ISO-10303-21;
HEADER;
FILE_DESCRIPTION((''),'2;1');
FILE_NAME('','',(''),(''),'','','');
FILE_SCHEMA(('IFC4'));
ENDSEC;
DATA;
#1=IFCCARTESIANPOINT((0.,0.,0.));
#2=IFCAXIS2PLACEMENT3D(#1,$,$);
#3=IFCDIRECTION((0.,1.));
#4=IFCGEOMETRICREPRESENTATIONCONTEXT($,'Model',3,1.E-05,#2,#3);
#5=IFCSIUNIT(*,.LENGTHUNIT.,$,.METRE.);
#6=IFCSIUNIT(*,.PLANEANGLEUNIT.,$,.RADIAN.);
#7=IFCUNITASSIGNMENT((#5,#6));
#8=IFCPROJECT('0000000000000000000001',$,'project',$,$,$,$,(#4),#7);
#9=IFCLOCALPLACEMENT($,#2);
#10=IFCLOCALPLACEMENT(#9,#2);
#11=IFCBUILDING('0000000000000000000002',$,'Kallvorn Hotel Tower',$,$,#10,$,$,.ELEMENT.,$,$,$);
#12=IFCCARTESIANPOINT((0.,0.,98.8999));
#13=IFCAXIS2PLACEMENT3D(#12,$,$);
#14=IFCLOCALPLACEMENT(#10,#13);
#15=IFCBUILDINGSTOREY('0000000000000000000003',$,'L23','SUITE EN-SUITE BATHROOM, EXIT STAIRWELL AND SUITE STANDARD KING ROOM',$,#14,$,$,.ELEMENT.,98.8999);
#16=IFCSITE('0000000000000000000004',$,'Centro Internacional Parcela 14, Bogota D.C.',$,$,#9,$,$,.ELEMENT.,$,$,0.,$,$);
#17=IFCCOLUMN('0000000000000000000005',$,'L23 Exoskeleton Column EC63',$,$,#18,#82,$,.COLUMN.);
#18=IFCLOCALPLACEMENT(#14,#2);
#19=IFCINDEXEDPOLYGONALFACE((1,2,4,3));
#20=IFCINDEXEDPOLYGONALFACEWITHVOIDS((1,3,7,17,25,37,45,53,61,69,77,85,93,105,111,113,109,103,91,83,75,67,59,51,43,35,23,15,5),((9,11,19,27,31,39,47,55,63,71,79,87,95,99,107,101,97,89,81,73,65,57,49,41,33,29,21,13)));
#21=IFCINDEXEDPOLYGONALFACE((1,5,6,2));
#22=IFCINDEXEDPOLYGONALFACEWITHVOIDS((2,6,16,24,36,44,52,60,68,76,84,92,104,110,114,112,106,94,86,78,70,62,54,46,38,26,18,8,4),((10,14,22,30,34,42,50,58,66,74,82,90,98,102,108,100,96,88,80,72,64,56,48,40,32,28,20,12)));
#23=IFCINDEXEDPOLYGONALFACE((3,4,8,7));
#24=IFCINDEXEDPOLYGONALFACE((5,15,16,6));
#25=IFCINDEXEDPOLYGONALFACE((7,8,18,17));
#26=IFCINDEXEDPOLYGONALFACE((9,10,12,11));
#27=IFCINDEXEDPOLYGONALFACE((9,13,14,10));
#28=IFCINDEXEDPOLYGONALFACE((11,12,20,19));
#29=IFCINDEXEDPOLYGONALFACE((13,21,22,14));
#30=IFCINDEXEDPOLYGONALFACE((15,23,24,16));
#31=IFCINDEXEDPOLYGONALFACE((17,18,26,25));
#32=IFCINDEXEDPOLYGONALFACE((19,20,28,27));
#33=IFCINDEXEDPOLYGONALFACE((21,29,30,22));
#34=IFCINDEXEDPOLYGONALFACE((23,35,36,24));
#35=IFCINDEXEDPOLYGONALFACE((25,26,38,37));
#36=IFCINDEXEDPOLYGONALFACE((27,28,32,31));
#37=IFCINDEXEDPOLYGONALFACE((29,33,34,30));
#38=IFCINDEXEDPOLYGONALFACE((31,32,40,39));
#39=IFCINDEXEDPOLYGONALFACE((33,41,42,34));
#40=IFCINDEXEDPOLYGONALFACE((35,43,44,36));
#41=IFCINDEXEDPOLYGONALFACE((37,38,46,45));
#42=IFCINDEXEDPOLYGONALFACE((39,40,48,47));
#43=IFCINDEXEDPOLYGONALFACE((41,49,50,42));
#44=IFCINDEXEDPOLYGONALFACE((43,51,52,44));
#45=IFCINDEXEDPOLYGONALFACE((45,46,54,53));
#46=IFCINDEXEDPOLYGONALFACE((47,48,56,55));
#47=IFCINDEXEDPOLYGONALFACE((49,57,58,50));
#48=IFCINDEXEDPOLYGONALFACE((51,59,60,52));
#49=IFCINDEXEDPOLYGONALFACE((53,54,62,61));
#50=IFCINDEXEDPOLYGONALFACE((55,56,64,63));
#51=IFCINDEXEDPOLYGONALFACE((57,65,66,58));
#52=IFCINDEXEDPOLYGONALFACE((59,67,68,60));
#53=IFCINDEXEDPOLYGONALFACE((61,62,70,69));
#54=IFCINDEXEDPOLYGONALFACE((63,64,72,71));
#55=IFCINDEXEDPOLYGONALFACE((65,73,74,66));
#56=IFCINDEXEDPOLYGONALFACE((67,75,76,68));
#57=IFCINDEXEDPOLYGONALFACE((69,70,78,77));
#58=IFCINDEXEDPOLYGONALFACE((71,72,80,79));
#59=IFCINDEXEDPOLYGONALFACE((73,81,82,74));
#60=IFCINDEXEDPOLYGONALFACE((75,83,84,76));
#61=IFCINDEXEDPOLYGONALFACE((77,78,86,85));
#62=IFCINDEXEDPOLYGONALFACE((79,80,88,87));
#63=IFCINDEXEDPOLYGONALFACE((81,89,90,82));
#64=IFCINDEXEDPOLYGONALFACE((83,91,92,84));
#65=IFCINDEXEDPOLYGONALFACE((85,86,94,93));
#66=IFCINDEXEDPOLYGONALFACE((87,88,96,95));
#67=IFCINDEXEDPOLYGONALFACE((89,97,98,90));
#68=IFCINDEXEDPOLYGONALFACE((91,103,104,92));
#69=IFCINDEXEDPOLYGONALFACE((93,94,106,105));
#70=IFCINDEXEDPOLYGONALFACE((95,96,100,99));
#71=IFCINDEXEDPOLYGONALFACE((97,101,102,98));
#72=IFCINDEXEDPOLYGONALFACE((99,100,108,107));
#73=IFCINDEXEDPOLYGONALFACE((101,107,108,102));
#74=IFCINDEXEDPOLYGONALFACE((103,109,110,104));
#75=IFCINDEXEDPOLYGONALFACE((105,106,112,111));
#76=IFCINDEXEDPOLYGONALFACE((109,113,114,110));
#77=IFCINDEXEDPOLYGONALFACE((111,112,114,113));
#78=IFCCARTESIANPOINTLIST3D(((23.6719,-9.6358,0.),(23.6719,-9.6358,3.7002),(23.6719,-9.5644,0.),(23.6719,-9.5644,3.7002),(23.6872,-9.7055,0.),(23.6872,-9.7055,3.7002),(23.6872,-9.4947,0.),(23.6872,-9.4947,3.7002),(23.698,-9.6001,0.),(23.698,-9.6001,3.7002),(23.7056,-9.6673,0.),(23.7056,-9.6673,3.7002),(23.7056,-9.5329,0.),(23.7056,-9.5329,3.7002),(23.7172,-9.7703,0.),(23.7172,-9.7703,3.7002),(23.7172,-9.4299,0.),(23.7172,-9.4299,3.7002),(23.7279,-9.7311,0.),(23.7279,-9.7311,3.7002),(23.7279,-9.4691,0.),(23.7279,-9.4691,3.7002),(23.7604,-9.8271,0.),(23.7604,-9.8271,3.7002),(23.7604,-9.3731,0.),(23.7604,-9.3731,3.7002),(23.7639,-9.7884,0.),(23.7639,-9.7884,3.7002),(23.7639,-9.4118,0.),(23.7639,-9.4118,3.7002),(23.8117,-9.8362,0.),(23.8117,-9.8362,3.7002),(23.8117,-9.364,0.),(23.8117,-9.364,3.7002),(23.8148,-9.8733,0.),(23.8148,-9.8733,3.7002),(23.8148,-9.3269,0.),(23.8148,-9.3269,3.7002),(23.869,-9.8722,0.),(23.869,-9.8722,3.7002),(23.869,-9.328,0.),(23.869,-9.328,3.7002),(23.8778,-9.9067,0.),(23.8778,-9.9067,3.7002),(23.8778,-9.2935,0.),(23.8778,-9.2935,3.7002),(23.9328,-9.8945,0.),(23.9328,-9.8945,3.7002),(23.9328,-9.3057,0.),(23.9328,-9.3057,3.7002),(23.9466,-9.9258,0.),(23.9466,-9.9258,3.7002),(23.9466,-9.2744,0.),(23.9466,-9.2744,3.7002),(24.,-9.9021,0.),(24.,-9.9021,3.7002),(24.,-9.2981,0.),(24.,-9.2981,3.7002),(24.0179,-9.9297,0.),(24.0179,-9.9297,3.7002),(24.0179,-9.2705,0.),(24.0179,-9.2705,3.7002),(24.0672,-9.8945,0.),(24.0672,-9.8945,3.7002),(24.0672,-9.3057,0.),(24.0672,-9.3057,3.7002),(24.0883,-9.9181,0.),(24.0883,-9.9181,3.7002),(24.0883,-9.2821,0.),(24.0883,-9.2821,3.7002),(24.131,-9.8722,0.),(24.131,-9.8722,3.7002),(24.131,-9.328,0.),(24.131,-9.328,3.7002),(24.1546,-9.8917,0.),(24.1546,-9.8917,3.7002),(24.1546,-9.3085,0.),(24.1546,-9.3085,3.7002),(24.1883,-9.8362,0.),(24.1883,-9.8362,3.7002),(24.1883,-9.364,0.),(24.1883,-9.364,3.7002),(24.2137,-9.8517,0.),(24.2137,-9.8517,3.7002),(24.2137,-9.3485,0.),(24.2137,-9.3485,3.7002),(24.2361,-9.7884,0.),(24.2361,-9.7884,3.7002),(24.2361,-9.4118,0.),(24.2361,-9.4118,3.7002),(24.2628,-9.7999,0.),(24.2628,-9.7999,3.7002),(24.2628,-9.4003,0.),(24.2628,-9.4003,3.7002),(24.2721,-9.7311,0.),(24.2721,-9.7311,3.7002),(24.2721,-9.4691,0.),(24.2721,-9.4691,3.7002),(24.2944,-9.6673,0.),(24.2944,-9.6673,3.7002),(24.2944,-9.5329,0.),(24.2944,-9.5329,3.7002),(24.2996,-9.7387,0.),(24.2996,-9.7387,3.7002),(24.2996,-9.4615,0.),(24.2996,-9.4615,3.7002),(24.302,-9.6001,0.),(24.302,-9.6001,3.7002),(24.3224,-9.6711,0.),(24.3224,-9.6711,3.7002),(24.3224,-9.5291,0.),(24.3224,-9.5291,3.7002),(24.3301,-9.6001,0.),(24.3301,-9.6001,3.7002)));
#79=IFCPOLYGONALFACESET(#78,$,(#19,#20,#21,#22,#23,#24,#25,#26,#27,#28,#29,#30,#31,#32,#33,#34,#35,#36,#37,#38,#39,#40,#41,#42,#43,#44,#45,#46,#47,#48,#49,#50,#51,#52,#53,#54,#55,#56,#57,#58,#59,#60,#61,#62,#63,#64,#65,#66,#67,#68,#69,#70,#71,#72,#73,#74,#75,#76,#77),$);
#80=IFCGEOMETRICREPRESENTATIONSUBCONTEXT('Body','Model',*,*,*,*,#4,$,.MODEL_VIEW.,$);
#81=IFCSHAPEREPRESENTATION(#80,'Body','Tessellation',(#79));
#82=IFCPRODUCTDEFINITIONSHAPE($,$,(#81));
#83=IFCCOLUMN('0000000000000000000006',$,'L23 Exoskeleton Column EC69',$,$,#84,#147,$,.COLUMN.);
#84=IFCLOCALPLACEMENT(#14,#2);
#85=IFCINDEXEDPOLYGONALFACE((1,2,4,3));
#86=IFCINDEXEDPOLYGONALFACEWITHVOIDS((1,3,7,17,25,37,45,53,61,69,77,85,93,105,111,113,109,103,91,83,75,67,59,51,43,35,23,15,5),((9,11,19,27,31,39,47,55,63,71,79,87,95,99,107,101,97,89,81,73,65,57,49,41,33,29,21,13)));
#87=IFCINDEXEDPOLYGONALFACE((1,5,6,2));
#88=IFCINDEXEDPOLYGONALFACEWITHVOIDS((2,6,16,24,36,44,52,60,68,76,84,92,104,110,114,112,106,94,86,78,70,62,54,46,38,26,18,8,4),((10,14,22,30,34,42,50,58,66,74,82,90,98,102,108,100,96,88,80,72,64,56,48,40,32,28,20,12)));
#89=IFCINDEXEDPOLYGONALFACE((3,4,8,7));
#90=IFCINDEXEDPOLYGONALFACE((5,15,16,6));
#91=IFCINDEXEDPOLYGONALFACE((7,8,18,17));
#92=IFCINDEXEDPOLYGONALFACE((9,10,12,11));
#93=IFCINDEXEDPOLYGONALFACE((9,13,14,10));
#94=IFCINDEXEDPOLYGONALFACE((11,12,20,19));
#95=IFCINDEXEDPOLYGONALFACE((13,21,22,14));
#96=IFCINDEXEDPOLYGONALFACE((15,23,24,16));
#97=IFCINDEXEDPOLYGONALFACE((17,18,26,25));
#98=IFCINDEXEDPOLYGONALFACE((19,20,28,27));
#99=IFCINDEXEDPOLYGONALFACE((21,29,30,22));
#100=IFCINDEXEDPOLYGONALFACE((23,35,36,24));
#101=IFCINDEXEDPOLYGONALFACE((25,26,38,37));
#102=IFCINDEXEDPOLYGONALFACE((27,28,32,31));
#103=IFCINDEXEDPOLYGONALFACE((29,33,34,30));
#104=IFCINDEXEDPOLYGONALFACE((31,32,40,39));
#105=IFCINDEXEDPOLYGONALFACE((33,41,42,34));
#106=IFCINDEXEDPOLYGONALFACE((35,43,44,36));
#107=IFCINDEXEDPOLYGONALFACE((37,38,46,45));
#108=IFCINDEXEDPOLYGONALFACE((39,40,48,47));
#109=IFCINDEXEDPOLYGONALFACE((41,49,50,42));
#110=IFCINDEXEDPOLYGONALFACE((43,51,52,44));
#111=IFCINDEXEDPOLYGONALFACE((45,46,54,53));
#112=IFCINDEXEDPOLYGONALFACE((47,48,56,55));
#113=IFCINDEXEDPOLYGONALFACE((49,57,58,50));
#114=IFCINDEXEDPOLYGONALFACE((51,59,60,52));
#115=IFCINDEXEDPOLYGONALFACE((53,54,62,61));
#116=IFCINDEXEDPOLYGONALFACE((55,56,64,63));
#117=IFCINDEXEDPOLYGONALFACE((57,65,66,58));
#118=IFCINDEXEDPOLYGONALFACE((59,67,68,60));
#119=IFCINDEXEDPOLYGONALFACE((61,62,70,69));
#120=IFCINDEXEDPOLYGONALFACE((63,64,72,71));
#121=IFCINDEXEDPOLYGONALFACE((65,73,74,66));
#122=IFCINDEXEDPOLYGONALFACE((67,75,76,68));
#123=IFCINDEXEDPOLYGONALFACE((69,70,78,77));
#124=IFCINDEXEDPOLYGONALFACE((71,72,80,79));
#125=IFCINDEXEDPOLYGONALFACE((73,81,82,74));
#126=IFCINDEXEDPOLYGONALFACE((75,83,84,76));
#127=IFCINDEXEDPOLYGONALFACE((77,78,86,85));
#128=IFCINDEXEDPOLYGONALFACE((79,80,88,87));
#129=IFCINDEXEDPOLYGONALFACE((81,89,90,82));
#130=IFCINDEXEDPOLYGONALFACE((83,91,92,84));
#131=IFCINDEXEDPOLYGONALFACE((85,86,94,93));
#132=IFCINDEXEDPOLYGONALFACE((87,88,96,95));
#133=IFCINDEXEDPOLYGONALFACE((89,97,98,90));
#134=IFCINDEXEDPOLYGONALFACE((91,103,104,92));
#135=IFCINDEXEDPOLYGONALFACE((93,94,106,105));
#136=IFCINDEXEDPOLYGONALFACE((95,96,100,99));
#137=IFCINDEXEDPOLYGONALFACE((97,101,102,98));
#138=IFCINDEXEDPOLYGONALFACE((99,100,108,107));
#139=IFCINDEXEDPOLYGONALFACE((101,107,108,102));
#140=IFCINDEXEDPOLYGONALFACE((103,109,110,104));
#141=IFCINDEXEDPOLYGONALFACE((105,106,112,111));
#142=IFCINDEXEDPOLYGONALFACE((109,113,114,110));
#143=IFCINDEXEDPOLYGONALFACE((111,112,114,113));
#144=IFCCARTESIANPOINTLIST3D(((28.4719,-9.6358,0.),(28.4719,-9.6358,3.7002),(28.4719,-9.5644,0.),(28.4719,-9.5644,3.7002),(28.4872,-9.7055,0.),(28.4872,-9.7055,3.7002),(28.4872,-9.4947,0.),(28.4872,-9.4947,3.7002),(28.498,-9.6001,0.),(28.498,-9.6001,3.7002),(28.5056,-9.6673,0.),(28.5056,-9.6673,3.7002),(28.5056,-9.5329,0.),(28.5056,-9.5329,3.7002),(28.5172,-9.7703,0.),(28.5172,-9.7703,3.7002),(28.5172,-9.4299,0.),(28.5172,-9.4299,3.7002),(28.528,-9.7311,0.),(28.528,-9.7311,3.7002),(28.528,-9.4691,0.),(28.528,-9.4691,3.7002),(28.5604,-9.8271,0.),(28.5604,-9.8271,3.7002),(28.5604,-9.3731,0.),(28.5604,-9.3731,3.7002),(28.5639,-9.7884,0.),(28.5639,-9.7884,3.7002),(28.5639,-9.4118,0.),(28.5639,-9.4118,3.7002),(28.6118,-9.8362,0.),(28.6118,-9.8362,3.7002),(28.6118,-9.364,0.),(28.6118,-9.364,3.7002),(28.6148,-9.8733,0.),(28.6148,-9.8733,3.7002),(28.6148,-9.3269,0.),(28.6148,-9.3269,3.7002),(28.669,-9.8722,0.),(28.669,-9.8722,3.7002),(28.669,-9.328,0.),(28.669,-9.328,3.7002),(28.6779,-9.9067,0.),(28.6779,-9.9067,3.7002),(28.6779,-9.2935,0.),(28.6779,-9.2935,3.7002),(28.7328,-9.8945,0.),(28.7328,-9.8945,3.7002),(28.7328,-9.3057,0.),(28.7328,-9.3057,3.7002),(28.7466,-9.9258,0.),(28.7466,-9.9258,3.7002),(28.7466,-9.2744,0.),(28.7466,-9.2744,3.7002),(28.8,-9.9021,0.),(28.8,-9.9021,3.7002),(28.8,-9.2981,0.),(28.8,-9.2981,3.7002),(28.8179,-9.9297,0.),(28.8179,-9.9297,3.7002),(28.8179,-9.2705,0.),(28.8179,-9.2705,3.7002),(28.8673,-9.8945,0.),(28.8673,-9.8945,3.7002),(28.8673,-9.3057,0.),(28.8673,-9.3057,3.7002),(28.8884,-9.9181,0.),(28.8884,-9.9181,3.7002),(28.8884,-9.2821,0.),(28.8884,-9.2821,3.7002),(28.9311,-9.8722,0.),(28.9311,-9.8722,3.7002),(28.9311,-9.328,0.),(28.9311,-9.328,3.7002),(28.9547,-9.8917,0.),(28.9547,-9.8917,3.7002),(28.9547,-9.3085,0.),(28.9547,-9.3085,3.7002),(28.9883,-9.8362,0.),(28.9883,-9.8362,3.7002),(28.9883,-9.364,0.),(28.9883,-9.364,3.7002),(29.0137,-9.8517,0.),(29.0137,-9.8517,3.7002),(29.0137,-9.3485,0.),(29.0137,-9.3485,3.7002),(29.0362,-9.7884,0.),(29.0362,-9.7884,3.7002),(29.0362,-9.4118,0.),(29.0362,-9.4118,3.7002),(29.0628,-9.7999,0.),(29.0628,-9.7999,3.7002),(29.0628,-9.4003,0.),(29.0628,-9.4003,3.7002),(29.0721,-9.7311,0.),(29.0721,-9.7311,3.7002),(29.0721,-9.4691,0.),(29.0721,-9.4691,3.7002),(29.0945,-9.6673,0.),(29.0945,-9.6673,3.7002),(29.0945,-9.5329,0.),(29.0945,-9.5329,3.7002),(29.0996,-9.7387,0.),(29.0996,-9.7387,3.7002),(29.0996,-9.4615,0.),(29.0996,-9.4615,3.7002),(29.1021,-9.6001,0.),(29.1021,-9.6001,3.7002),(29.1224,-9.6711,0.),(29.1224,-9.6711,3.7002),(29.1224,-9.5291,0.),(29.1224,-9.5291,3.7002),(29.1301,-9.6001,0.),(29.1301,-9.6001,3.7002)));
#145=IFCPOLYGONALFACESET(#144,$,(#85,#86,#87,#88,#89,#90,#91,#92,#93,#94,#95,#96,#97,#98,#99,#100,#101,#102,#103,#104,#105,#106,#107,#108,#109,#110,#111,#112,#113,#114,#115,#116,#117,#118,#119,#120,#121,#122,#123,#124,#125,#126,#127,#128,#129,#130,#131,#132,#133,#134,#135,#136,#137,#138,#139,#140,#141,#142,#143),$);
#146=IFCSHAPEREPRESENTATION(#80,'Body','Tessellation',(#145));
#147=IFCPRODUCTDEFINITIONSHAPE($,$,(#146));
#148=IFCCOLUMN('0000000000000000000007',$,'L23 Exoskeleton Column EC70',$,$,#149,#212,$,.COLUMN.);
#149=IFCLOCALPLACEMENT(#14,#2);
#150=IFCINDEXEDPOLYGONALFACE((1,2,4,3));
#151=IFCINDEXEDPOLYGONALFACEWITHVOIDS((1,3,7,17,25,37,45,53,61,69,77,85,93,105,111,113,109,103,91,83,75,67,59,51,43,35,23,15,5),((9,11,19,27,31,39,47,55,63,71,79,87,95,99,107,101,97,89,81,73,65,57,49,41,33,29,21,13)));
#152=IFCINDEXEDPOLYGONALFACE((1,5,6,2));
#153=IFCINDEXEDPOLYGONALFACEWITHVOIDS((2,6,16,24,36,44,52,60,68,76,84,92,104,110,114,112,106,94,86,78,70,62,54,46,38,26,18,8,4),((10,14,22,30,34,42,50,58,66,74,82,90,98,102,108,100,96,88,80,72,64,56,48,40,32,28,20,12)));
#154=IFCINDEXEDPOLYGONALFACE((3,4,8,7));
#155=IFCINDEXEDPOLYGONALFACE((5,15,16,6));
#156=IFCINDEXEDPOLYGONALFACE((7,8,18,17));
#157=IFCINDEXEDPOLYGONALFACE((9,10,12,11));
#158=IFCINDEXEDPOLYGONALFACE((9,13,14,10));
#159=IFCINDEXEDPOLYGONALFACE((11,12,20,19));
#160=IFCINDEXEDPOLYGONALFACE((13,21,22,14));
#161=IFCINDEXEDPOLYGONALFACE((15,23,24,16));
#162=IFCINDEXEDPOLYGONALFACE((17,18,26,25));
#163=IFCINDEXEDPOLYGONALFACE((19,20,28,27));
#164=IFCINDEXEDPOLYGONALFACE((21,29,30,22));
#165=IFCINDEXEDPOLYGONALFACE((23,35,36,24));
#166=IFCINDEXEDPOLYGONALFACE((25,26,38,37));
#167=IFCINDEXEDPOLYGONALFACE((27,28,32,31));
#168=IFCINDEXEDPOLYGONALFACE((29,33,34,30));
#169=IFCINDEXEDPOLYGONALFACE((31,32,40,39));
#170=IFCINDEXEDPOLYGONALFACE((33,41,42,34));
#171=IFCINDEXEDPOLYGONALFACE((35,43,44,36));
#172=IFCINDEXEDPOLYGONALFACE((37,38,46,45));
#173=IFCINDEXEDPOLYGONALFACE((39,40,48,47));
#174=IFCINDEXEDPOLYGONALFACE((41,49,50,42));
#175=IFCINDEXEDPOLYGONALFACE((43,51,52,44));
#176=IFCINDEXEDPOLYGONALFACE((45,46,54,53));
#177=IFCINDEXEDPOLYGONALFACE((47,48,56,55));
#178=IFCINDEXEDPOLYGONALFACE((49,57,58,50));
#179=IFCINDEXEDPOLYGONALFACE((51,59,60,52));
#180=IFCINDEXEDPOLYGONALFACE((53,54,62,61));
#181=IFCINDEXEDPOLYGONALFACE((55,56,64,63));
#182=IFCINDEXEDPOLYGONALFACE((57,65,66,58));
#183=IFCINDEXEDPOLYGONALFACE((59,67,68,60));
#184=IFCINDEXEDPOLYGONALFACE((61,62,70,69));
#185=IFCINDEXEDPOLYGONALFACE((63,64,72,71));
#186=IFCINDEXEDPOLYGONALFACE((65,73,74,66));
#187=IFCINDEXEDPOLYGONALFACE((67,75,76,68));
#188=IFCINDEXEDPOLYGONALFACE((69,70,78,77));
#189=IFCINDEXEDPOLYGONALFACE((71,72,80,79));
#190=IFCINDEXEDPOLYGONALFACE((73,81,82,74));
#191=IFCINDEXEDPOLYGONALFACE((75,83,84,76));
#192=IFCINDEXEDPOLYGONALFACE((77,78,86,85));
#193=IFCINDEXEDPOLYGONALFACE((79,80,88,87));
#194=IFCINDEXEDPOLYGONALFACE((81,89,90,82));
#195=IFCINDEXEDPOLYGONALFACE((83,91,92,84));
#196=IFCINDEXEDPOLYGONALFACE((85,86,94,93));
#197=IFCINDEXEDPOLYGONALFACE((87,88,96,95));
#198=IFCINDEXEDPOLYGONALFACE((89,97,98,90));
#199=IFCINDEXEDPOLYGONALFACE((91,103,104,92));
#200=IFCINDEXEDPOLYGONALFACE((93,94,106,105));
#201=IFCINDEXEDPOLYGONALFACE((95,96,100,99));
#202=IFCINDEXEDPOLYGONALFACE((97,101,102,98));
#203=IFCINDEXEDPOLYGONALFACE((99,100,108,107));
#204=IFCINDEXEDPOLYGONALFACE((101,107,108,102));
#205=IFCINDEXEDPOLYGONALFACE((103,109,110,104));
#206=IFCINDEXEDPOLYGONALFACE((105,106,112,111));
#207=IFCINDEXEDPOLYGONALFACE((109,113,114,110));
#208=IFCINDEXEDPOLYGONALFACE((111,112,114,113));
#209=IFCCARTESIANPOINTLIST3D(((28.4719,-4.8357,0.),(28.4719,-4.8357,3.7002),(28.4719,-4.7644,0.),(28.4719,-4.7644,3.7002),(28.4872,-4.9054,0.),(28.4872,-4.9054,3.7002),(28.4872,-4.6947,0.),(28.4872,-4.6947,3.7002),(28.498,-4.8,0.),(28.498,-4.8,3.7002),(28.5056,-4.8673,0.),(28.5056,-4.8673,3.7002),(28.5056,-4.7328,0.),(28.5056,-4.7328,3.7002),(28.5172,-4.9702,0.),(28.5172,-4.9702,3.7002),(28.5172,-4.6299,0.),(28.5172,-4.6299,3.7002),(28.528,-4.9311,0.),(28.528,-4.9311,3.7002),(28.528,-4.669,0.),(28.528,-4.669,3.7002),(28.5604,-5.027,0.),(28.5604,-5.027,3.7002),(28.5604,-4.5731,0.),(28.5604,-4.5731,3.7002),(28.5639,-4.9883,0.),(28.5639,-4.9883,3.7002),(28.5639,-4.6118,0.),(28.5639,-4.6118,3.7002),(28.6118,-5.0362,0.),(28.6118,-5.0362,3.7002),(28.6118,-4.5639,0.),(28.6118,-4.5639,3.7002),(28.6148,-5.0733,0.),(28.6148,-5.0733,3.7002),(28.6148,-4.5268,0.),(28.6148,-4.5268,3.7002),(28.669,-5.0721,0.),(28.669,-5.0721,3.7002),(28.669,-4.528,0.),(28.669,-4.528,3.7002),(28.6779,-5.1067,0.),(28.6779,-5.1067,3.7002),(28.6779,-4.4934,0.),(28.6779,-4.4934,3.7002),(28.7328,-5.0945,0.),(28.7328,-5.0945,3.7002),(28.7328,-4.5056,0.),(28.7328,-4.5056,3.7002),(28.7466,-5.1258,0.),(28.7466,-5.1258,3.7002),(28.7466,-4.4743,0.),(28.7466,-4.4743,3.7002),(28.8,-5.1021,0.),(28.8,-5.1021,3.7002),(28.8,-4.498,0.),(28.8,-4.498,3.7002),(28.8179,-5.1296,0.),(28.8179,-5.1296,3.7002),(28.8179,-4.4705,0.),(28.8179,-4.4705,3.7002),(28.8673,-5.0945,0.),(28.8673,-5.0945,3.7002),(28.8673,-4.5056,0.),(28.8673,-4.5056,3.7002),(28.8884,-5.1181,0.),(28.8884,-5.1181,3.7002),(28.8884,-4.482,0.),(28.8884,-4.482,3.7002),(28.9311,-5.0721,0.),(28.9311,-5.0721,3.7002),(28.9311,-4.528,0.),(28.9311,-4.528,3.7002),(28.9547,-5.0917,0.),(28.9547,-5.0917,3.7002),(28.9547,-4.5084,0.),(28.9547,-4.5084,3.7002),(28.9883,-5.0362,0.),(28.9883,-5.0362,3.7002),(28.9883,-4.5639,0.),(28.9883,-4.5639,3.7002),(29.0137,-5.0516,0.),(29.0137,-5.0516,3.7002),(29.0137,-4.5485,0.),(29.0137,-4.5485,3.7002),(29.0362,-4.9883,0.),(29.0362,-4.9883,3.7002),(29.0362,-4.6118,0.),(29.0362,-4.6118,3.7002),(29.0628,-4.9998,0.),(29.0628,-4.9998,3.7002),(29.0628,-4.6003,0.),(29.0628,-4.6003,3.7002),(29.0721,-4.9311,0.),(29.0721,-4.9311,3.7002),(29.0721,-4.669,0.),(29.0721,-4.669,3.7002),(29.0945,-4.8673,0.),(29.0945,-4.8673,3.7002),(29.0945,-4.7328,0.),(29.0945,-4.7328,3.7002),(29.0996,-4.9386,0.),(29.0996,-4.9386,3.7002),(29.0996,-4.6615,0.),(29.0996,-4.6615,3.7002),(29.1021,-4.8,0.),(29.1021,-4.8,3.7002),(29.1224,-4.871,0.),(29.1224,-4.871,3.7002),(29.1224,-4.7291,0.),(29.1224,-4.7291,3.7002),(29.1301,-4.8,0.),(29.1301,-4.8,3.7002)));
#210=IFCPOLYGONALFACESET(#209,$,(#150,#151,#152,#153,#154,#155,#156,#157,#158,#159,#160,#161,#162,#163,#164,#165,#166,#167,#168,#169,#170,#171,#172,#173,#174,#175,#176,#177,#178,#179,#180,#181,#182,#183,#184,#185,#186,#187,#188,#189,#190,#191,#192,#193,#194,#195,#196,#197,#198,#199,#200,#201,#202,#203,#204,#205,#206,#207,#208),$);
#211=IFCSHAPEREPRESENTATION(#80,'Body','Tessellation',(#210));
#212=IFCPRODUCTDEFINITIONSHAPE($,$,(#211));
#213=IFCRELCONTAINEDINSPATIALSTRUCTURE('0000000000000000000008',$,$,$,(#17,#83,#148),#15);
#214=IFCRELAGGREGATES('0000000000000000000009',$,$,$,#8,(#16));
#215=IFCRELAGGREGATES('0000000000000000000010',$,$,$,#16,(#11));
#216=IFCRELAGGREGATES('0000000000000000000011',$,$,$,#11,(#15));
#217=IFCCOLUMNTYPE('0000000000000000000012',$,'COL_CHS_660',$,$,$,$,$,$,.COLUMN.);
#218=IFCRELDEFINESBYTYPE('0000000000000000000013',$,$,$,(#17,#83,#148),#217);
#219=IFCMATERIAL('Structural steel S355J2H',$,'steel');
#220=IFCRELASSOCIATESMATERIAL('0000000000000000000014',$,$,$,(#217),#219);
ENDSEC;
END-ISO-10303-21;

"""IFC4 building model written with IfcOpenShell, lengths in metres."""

from ifc_helpers import new_model, si_unit, direction, frame, origin, origin_2d, place, context, subcontext, project, spatial, hollow_circle, extrude, material, material_profile, profile_set, type_object, element, save


model = new_model("IFC4")

# Units and contexts
model_context = context("Model", 3, precision=1e-05, world=origin(), true_north=direction((0.0, 1.0)))
body_context = subcontext(model_context, "Body", "Model", "MODEL_VIEW")
ifc_project = project(units=[si_unit("LENGTHUNIT", "METRE"), si_unit("PLANEANGLEUNIT", "RADIAN")], contexts=[model_context])

# Site, building, storey
site_placement = place(None, origin())
site = spatial("IfcSite", under=ifc_project, at=site_placement, Name="Centro Internacional Parcela 14, Bogota D.C.", CompositionType="ELEMENT", RefElevation=0.0)
building_placement = place(site_placement, origin())
building = spatial("IfcBuilding", under=site, at=building_placement, Name="Kallvorn Hotel Tower", CompositionType="ELEMENT")
storey_placement = place(building_placement, frame((0.0, 0.0, 98.8999)))
storey = spatial("IfcBuildingStorey", under=building, at=storey_placement, Name="L23", Description="SUITE EN-SUITE BATHROOM, EXIT STAIRWELL AND SUITE STANDARD KING ROOM", CompositionType="ELEMENT", Elevation=98.8999)

# Columns
ifc_material_1 = material(Name="Structural steel S355J2H", Category="steel")
ifc_material_profile_1 = material_profile(ifc_material_1, hollow_circle(Radius=0.3301, WallThickness=0.0281, at=origin_2d()), Name="CHS 660x28")
ifc_profile_set_1 = profile_set([ifc_material_profile_1], Name="Structural steel S355J2H")
column_type_1 = type_object("IfcColumnType", Name="COL_CHS_660", PredefinedType="COLUMN", material=ifc_profile_set_1)
for number, where, z_axis, x_axis, name in (
    (1, (24.0, -9.6001, 0.0), (0.0, 0.0, 1.0), (1.0, 0.0, 0.0), "L23 Exoskeleton Column EC63"),
    (2, (28.8, -9.6001, 0.0), (0.0, 0.0, 1.0), (1.0, 0.0, 0.0), "L23 Exoskeleton Column EC69"),
    (3, (28.8, -4.8, 0.0), (0.0, 0.0, 1.0), (1.0, 0.0, 0.0), "L23 Exoskeleton Column EC70"),
):
    element("IfcColumn", number, at=place(storey_placement, frame(where, z_axis=z_axis, x_axis=x_axis)), inside=storey, type_object=column_type_1, Name=name, PredefinedType="COLUMN", context=body_context, shape_type="SweptSolid", body=[
        extrude(hollow_circle(Radius=0.3301, WallThickness=0.0281, at=origin_2d()), origin(), (0.0, 0.0, 1.0), 3.7002),
    ])

save(model, "model.ifc")
